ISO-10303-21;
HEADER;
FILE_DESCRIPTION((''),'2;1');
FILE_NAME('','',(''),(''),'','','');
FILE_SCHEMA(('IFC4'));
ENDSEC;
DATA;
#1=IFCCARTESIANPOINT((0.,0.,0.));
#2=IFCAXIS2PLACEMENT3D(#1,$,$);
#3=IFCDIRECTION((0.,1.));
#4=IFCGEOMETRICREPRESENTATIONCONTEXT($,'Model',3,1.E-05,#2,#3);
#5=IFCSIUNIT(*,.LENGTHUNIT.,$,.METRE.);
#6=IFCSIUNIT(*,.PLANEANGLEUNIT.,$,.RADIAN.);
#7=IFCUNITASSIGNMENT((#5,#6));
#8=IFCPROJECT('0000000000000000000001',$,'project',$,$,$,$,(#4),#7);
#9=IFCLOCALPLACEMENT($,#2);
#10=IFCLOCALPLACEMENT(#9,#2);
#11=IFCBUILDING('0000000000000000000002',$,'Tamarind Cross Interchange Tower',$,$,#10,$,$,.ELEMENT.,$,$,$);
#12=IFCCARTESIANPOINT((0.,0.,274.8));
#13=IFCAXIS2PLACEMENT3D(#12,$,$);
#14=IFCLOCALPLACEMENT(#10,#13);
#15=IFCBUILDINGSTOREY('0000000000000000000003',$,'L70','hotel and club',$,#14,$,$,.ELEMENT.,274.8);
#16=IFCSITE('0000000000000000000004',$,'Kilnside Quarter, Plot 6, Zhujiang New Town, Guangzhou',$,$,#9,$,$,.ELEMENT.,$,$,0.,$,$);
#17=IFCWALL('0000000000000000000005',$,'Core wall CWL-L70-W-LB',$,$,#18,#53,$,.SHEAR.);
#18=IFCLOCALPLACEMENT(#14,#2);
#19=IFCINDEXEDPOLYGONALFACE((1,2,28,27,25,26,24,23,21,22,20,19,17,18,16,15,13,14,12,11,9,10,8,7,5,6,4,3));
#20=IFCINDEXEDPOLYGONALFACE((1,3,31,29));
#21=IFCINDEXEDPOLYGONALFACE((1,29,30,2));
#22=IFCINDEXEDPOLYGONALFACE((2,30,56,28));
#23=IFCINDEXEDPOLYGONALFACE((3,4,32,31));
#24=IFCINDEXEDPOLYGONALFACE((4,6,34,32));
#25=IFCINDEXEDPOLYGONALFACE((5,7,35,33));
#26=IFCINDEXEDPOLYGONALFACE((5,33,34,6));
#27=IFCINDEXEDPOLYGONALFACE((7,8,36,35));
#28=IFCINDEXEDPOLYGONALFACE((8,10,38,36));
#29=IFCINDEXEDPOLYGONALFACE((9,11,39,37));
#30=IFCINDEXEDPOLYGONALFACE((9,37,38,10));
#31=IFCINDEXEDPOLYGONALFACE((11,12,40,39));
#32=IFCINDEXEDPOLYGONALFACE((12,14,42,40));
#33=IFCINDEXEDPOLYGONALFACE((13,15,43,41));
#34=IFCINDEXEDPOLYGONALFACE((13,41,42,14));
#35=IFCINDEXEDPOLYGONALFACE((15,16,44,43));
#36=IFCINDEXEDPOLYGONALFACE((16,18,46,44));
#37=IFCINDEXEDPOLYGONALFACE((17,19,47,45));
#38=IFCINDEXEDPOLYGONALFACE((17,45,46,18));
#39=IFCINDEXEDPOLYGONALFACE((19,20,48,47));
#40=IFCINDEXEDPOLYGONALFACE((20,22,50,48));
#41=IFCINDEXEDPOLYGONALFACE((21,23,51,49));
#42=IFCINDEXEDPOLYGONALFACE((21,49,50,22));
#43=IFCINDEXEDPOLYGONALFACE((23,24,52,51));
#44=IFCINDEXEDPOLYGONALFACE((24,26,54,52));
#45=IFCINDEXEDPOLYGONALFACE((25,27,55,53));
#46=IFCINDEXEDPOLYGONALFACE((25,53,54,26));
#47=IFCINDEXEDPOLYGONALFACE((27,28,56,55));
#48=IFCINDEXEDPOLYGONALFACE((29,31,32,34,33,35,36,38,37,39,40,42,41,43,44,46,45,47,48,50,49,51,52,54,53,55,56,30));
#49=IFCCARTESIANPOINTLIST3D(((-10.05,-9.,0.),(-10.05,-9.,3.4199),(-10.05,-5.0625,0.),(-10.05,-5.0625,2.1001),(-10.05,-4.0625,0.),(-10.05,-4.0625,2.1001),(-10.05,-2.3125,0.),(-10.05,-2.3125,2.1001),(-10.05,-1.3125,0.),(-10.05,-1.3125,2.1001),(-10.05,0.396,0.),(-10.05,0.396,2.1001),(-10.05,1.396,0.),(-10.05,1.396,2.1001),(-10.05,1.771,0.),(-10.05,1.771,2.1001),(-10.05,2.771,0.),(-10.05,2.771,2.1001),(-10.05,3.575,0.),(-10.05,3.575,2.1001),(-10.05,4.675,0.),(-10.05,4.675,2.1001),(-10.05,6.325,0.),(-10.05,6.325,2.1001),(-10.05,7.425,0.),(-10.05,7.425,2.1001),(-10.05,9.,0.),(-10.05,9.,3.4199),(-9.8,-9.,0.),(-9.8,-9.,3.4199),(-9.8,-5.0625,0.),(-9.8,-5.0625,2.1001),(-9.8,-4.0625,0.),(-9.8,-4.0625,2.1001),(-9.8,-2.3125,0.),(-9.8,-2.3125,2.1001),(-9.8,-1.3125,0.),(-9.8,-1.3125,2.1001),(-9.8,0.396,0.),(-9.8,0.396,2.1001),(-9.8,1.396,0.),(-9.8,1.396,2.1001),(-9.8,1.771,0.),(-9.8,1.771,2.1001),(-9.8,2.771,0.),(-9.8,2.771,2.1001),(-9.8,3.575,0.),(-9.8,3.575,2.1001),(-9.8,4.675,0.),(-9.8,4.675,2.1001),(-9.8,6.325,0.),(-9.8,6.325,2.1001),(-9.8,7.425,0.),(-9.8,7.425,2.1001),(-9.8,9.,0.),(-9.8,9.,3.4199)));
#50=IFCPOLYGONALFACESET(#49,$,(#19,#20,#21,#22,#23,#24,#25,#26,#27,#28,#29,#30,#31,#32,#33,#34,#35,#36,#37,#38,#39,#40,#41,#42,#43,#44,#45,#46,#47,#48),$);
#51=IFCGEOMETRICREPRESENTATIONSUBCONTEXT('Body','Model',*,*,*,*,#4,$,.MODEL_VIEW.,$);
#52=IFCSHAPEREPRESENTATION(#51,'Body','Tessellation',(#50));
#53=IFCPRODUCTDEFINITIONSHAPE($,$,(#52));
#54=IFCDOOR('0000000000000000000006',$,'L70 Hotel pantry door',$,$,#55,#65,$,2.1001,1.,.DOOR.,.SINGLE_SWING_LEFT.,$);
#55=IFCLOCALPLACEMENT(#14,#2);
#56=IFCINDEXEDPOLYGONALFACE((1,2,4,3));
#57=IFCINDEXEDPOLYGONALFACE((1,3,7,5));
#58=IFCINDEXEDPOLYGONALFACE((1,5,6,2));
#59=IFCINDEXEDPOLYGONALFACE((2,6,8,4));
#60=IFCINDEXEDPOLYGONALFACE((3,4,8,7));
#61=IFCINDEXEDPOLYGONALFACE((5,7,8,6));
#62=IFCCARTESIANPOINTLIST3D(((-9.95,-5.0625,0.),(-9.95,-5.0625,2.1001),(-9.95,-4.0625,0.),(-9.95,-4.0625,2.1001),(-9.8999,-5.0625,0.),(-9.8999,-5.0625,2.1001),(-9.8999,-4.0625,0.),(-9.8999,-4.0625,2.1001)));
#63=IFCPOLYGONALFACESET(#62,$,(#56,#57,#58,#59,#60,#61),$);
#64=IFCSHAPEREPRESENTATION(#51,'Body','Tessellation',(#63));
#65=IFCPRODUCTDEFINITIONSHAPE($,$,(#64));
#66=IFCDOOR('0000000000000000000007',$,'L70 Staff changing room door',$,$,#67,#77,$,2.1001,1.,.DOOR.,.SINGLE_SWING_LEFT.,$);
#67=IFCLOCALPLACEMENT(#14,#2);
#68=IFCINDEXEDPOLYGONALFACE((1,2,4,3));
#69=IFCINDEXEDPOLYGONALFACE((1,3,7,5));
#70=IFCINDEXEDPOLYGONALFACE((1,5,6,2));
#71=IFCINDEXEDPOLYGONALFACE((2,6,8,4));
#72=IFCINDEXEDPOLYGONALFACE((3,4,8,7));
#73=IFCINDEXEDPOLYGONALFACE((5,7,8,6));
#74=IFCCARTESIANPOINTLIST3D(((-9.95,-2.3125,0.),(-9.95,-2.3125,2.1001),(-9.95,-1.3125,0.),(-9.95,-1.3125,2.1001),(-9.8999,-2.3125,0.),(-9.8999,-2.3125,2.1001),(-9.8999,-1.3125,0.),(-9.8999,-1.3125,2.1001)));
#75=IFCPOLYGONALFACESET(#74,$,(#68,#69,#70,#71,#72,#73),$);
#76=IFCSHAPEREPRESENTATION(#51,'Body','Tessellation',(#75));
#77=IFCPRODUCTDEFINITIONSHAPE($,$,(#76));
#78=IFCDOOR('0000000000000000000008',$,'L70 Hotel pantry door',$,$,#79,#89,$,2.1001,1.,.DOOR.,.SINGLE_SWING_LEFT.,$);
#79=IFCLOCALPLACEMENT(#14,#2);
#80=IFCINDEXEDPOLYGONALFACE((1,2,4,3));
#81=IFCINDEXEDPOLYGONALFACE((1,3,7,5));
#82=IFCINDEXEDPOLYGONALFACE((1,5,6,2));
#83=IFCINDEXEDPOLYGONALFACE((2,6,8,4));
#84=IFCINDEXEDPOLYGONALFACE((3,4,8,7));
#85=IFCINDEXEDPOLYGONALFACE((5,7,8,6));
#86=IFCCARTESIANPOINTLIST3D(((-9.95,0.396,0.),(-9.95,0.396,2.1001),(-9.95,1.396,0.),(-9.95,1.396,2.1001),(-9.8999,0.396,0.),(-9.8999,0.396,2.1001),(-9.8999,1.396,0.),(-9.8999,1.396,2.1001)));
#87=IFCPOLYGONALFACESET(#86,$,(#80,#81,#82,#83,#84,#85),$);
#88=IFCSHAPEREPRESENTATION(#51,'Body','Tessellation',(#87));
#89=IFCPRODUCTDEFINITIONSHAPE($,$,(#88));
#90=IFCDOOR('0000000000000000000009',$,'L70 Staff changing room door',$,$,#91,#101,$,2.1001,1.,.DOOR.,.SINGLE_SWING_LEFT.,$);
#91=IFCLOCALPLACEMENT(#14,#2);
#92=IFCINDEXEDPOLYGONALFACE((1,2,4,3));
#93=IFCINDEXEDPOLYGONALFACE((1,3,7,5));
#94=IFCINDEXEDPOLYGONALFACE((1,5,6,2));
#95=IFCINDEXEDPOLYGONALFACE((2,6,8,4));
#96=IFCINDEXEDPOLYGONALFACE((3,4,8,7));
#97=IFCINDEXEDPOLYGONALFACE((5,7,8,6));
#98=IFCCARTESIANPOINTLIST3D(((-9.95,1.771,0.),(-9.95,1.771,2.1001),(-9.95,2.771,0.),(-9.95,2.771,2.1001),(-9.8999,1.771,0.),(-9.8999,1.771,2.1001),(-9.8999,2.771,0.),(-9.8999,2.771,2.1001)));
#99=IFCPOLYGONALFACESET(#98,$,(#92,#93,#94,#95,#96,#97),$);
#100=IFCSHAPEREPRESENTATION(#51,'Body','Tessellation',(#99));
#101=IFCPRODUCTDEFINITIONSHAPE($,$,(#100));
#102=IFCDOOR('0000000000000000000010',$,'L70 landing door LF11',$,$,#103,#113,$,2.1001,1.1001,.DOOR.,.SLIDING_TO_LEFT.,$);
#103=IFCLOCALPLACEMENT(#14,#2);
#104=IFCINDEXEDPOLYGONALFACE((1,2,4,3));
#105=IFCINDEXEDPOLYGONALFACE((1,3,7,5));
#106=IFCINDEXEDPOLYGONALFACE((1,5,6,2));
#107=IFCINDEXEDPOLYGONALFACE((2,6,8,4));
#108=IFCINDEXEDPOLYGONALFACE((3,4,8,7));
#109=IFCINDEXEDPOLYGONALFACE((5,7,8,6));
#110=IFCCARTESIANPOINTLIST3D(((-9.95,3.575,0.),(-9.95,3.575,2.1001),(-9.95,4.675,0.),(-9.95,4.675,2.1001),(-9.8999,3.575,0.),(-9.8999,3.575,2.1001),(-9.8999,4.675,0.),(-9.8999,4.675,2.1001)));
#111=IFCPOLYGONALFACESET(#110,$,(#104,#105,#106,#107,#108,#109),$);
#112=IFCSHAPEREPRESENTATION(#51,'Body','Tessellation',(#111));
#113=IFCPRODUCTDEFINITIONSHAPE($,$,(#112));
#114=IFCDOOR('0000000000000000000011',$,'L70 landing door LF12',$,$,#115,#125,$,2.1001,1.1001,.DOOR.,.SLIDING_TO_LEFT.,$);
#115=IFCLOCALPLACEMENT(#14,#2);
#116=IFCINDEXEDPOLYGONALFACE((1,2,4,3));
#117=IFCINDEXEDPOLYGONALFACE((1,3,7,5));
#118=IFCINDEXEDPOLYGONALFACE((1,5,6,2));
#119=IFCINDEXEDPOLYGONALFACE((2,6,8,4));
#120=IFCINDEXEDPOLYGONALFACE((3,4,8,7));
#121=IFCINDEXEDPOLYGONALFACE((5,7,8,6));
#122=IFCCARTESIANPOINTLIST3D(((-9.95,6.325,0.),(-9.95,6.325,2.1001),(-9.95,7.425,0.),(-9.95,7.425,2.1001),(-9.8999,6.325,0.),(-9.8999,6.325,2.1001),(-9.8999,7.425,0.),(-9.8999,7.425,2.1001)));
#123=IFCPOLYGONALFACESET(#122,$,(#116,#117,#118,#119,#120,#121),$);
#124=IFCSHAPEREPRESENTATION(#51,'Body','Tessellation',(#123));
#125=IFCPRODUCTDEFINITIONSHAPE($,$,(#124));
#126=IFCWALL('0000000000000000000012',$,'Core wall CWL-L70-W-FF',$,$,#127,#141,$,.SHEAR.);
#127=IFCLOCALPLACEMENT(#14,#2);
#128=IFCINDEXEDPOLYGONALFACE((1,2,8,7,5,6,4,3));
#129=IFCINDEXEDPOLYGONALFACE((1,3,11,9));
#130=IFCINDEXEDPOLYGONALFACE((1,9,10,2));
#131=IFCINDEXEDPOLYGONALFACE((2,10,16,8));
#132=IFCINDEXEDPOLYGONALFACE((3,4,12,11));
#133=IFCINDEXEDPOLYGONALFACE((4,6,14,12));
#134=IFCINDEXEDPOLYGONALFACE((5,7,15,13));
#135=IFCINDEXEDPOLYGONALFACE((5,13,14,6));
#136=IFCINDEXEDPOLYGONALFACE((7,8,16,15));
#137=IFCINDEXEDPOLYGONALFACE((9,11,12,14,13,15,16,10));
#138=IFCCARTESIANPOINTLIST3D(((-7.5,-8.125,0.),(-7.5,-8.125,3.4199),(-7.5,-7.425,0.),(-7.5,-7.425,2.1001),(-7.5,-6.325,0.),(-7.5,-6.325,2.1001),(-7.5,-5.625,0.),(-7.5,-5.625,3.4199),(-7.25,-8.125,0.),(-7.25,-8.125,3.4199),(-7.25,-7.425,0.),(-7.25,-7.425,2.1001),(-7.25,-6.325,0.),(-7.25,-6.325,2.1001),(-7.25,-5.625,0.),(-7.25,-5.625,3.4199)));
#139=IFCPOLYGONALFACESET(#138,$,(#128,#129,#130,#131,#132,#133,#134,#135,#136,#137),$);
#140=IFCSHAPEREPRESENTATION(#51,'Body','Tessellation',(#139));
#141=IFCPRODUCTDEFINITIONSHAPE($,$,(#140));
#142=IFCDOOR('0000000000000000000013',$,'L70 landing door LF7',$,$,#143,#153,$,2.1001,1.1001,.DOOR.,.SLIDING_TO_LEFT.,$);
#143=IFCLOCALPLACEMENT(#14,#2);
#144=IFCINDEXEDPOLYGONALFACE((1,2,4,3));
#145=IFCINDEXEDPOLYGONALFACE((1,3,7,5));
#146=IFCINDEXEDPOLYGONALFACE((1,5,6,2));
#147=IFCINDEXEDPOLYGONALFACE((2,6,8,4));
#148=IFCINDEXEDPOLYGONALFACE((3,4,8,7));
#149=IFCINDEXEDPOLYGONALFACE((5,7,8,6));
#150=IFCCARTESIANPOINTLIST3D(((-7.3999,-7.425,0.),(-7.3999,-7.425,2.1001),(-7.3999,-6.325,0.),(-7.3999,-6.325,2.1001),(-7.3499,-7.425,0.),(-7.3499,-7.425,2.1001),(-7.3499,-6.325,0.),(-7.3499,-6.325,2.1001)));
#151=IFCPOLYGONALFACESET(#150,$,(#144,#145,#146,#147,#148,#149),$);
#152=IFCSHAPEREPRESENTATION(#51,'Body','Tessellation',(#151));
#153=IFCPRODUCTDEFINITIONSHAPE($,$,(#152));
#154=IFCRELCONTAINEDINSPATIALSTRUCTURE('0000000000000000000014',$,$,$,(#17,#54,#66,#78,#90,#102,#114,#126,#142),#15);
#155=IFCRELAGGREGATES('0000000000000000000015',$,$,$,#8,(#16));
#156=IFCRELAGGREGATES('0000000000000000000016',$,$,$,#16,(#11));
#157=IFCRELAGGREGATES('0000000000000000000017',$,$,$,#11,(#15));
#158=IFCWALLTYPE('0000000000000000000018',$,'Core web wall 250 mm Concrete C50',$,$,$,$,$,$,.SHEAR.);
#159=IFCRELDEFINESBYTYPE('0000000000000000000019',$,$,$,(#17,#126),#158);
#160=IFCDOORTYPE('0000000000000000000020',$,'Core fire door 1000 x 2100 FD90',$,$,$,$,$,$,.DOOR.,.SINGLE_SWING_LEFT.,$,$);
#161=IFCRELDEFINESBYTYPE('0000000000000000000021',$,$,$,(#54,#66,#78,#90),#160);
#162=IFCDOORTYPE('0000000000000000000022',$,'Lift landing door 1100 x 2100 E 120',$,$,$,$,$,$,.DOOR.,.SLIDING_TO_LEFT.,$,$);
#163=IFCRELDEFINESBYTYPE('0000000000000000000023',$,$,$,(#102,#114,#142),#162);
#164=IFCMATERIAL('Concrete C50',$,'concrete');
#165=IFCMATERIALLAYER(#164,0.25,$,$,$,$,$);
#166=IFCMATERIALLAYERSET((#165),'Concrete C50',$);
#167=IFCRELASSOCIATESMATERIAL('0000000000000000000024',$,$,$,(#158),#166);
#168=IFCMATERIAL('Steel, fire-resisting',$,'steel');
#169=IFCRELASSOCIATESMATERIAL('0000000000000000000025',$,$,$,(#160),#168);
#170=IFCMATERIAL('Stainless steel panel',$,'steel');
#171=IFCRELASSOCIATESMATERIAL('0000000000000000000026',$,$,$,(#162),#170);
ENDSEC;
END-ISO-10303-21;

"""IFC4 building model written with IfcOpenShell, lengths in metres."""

from ifc_helpers import new_model, si_unit, direction, frame, frame_2d, origin, place, context, subcontext, project, spatial, rectangle, extrude, material, layer, layer_set, type_object, element, fill, save


model = new_model("IFC4")

# Units and contexts
model_context = context("Model", 3, precision=1e-05, world=origin(), true_north=direction((0.0, 1.0)))
body_context = subcontext(model_context, "Body", "Model", "MODEL_VIEW")
ifc_project = project(units=[si_unit("LENGTHUNIT", "METRE"), si_unit("PLANEANGLEUNIT", "RADIAN")], contexts=[model_context])

# Site, building, storey
site_placement = place(None, origin())
site = spatial("IfcSite", under=ifc_project, at=site_placement, Name="Kilnside Quarter, Plot 6, Zhujiang New Town, Guangzhou", CompositionType="ELEMENT", RefElevation=0.0)
building_placement = place(site_placement, origin())
building = spatial("IfcBuilding", under=site, at=building_placement, Name="Tamarind Cross Interchange Tower", CompositionType="ELEMENT")
storey_placement = place(building_placement, frame((0.0, 0.0, 274.8)))
storey = spatial("IfcBuildingStorey", under=building, at=storey_placement, Name="L70", Description="hotel and club", CompositionType="ELEMENT", Elevation=274.8)

# Shared definitions
ifc_material_1 = material(Name="Concrete C50", Category="concrete")
ifc_material_2 = material(Name="Steel, fire-resisting", Category="steel")

# Shared definitions
ifc_layer_1 = layer(ifc_material_1, 0.25)
ifc_layer_set_1 = layer_set([ifc_layer_1], Name="Concrete C50")
wall_type_1 = type_object("IfcWallType", Name="Core web wall 250 mm Concrete C50", PredefinedType="SHEAR", material=ifc_layer_set_1)

# Wall, openings, doors
door_type_1 = type_object("IfcDoorType", Name="Core fire door 1000 x 2100 FD90", OperationType="SINGLE_SWING_LEFT", PredefinedType="DOOR", material=ifc_material_2)
ifc_material_3 = material(Name="Stainless steel panel", Category="steel")
wall_1_placement = place(storey_placement, frame((-9.925, -9.0, 0.0), z_axis=(0.0, 0.0, 1.0), x_axis=(0.0, 1.0, 0.0)))
wall_1 = element("IfcWall", 1, at=wall_1_placement, inside=storey, type_object=wall_type_1, Name="Core wall CWL-L70-W-LB", PredefinedType="SHEAR", context=body_context, shape_type="SweptSolid", body=[
    extrude(rectangle(XDim=18.0, YDim=0.25, at=frame_2d((9.0, 0.0))), origin(), (0.0, 0.0, 1.0), 3.4199),
])
opening_1_placement = place(wall_1_placement, frame((12.575, 0.0, 0.0)))
opening_1 = element("IfcOpeningElement", 2, at=opening_1_placement, cuts=wall_1, PredefinedType="OPENING", context=body_context, shape_type="SweptSolid", body=[
    extrude(rectangle(XDim=1.1001, YDim=2.1001, at=frame_2d((0.55, 1.05))), frame((0.0, 0.135, 0.0), z_axis=(0.0, -1.0, 0.0), x_axis=(1.0, 0.0, 0.0)), (0.0, 0.0, 1.0), 0.27),
])
opening_2_placement = place(wall_1_placement, frame((15.325, 0.0, 0.0)))
opening_2 = element("IfcOpeningElement", 3, at=opening_2_placement, cuts=wall_1, PredefinedType="OPENING", context=body_context, shape_type="SweptSolid", body=[
    extrude(rectangle(XDim=1.1001, YDim=2.1001, at=frame_2d((0.55, 1.05))), frame((0.0, 0.135, 0.0), z_axis=(0.0, -1.0, 0.0), x_axis=(1.0, 0.0, 0.0)), (0.0, 0.0, 1.0), 0.27),
])
opening_3_placement = place(wall_1_placement, frame((3.9375, 0.0, 0.0)))
opening_3 = element("IfcOpeningElement", 4, at=opening_3_placement, cuts=wall_1, PredefinedType="OPENING", context=body_context, shape_type="SweptSolid", body=[
    extrude(rectangle(XDim=1.0, YDim=2.1001, at=frame_2d((0.5, 1.05))), frame((0.0, 0.135, 0.0), z_axis=(0.0, -1.0, 0.0), x_axis=(1.0, 0.0, 0.0)), (0.0, 0.0, 1.0), 0.27),
])
opening_4_placement = place(wall_1_placement, frame((6.6875, 0.0, 0.0)))
opening_4 = element("IfcOpeningElement", 5, at=opening_4_placement, cuts=wall_1, PredefinedType="OPENING", context=body_context, shape_type="SweptSolid", body=[
    extrude(rectangle(XDim=1.0, YDim=2.1001, at=frame_2d((0.5, 1.05))), frame((0.0, 0.135, 0.0), z_axis=(0.0, -1.0, 0.0), x_axis=(1.0, 0.0, 0.0)), (0.0, 0.0, 1.0), 0.27),
])
opening_5_placement = place(wall_1_placement, frame((9.396, 0.0, 0.0)))
opening_5 = element("IfcOpeningElement", 6, at=opening_5_placement, cuts=wall_1, PredefinedType="OPENING", context=body_context, shape_type="SweptSolid", body=[
    extrude(rectangle(XDim=1.0, YDim=2.1001, at=frame_2d((0.5, 1.05))), frame((0.0, 0.135, 0.0), z_axis=(0.0, -1.0, 0.0), x_axis=(1.0, 0.0, 0.0)), (0.0, 0.0, 1.0), 0.27),
])
opening_6_placement = place(wall_1_placement, frame((10.771, 0.0, 0.0)))
opening_6 = element("IfcOpeningElement", 7, at=opening_6_placement, cuts=wall_1, PredefinedType="OPENING", context=body_context, shape_type="SweptSolid", body=[
    extrude(rectangle(XDim=1.0, YDim=2.1001, at=frame_2d((0.5, 1.05))), frame((0.0, 0.135, 0.0), z_axis=(0.0, -1.0, 0.0), x_axis=(1.0, 0.0, 0.0)), (0.0, 0.0, 1.0), 0.27),
])
door_1_placement = place(opening_3_placement, origin())
door_1 = element("IfcDoor", 8, at=door_1_placement, inside=storey, type_object=door_type_1, Name="L70 Hotel pantry door", OperationType="SINGLE_SWING_LEFT", OverallHeight=2.1001, OverallWidth=1.0, PredefinedType="DOOR", context=body_context, shape_type="SweptSolid", body=[
    extrude(rectangle(XDim=1.0, YDim=2.1001, at=frame_2d((0.5, 1.05))), frame((0.0, 0.0249, 0.0), z_axis=(0.0, -1.0, 0.0), x_axis=(1.0, 0.0, 0.0)), (0.0, 0.0, 1.0), 0.05),
])
fill(opening_3, door_1)
door_2_placement = place(opening_4_placement, origin())
door_2 = element("IfcDoor", 9, at=door_2_placement, inside=storey, type_object=door_type_1, Name="L70 Staff changing room door", OperationType="SINGLE_SWING_LEFT", OverallHeight=2.1001, OverallWidth=1.0, PredefinedType="DOOR", context=body_context, shape_type="SweptSolid", body=[
    extrude(rectangle(XDim=1.0, YDim=2.1001, at=frame_2d((0.5, 1.05))), frame((0.0, 0.0249, 0.0), z_axis=(0.0, -1.0, 0.0), x_axis=(1.0, 0.0, 0.0)), (0.0, 0.0, 1.0), 0.05),
])
fill(opening_4, door_2)
door_3_placement = place(opening_5_placement, origin())
door_3 = element("IfcDoor", 10, at=door_3_placement, inside=storey, type_object=door_type_1, Name="L70 Hotel pantry door", OperationType="SINGLE_SWING_LEFT", OverallHeight=2.1001, OverallWidth=1.0, PredefinedType="DOOR", context=body_context, shape_type="SweptSolid", body=[
    extrude(rectangle(XDim=1.0, YDim=2.1001, at=frame_2d((0.5, 1.05))), frame((0.0, 0.0249, 0.0), z_axis=(0.0, -1.0, 0.0), x_axis=(1.0, 0.0, 0.0)), (0.0, 0.0, 1.0), 0.05),
])
fill(opening_5, door_3)
door_4_placement = place(opening_6_placement, origin())
door_4 = element("IfcDoor", 11, at=door_4_placement, inside=storey, type_object=door_type_1, Name="L70 Staff changing room door", OperationType="SINGLE_SWING_LEFT", OverallHeight=2.1001, OverallWidth=1.0, PredefinedType="DOOR", context=body_context, shape_type="SweptSolid", body=[
    extrude(rectangle(XDim=1.0, YDim=2.1001, at=frame_2d((0.5, 1.05))), frame((0.0, 0.0249, 0.0), z_axis=(0.0, -1.0, 0.0), x_axis=(1.0, 0.0, 0.0)), (0.0, 0.0, 1.0), 0.05),
])
fill(opening_6, door_4)
door_type_2 = type_object("IfcDoorType", Name="Lift landing door 1100 x 2100 E 120", OperationType="SLIDING_TO_LEFT", PredefinedType="DOOR", material=ifc_material_3)
door_5_placement = place(opening_1_placement, origin())
door_5 = element("IfcDoor", 12, at=door_5_placement, inside=storey, type_object=door_type_2, Name="L70 landing door LF11", OperationType="SLIDING_TO_LEFT", OverallHeight=2.1001, OverallWidth=1.1001, PredefinedType="DOOR", context=body_context, shape_type="SweptSolid", body=[
    extrude(rectangle(XDim=1.1001, YDim=2.1001, at=frame_2d((0.55, 1.05))), frame((0.0, 0.0249, 0.0), z_axis=(0.0, -1.0, 0.0), x_axis=(1.0, 0.0, 0.0)), (0.0, 0.0, 1.0), 0.05),
])
fill(opening_1, door_5)
door_6_placement = place(opening_2_placement, origin())
door_6 = element("IfcDoor", 13, at=door_6_placement, inside=storey, type_object=door_type_2, Name="L70 landing door LF12", OperationType="SLIDING_TO_LEFT", OverallHeight=2.1001, OverallWidth=1.1001, PredefinedType="DOOR", context=body_context, shape_type="SweptSolid", body=[
    extrude(rectangle(XDim=1.1001, YDim=2.1001, at=frame_2d((0.55, 1.05))), frame((0.0, 0.0249, 0.0), z_axis=(0.0, -1.0, 0.0), x_axis=(1.0, 0.0, 0.0)), (0.0, 0.0, 1.0), 0.05),
])
fill(opening_2, door_6)

# Wall, opening, door
wall_2_placement = place(storey_placement, frame((-7.375, -8.125, 0.0), z_axis=(0.0, 0.0, 1.0), x_axis=(0.0, 1.0, 0.0)))
wall_2 = element("IfcWall", 14, at=wall_2_placement, inside=storey, type_object=wall_type_1, Name="Core wall CWL-L70-W-FF", PredefinedType="SHEAR", context=body_context, shape_type="SweptSolid", body=[
    extrude(rectangle(XDim=2.5, YDim=0.25, at=frame_2d((1.25, 0.0))), origin(), (0.0, 0.0, 1.0), 3.4199),
])
opening_7_placement = place(wall_2_placement, frame((0.7, 0.0, 0.0)))
opening_7 = element("IfcOpeningElement", 15, at=opening_7_placement, cuts=wall_2, PredefinedType="OPENING", context=body_context, shape_type="SweptSolid", body=[
    extrude(rectangle(XDim=1.1001, YDim=2.1001, at=frame_2d((0.55, 1.05))), frame((0.0, 0.135, 0.0), z_axis=(0.0, -1.0, 0.0), x_axis=(1.0, 0.0, 0.0)), (0.0, 0.0, 1.0), 0.27),
])
door_7_placement = place(opening_7_placement, origin())
door_7 = element("IfcDoor", 16, at=door_7_placement, inside=storey, type_object=door_type_2, Name="L70 landing door LF7", OperationType="SLIDING_TO_LEFT", OverallHeight=2.1001, OverallWidth=1.1001, PredefinedType="DOOR", context=body_context, shape_type="SweptSolid", body=[
    extrude(rectangle(XDim=1.1001, YDim=2.1001, at=frame_2d((0.55, 1.05))), frame((0.0, 0.0249, 0.0), z_axis=(0.0, -1.0, 0.0), x_axis=(1.0, 0.0, 0.0)), (0.0, 0.0, 1.0), 0.05),
])
fill(opening_7, door_7)

save(model, "model.ifc")
